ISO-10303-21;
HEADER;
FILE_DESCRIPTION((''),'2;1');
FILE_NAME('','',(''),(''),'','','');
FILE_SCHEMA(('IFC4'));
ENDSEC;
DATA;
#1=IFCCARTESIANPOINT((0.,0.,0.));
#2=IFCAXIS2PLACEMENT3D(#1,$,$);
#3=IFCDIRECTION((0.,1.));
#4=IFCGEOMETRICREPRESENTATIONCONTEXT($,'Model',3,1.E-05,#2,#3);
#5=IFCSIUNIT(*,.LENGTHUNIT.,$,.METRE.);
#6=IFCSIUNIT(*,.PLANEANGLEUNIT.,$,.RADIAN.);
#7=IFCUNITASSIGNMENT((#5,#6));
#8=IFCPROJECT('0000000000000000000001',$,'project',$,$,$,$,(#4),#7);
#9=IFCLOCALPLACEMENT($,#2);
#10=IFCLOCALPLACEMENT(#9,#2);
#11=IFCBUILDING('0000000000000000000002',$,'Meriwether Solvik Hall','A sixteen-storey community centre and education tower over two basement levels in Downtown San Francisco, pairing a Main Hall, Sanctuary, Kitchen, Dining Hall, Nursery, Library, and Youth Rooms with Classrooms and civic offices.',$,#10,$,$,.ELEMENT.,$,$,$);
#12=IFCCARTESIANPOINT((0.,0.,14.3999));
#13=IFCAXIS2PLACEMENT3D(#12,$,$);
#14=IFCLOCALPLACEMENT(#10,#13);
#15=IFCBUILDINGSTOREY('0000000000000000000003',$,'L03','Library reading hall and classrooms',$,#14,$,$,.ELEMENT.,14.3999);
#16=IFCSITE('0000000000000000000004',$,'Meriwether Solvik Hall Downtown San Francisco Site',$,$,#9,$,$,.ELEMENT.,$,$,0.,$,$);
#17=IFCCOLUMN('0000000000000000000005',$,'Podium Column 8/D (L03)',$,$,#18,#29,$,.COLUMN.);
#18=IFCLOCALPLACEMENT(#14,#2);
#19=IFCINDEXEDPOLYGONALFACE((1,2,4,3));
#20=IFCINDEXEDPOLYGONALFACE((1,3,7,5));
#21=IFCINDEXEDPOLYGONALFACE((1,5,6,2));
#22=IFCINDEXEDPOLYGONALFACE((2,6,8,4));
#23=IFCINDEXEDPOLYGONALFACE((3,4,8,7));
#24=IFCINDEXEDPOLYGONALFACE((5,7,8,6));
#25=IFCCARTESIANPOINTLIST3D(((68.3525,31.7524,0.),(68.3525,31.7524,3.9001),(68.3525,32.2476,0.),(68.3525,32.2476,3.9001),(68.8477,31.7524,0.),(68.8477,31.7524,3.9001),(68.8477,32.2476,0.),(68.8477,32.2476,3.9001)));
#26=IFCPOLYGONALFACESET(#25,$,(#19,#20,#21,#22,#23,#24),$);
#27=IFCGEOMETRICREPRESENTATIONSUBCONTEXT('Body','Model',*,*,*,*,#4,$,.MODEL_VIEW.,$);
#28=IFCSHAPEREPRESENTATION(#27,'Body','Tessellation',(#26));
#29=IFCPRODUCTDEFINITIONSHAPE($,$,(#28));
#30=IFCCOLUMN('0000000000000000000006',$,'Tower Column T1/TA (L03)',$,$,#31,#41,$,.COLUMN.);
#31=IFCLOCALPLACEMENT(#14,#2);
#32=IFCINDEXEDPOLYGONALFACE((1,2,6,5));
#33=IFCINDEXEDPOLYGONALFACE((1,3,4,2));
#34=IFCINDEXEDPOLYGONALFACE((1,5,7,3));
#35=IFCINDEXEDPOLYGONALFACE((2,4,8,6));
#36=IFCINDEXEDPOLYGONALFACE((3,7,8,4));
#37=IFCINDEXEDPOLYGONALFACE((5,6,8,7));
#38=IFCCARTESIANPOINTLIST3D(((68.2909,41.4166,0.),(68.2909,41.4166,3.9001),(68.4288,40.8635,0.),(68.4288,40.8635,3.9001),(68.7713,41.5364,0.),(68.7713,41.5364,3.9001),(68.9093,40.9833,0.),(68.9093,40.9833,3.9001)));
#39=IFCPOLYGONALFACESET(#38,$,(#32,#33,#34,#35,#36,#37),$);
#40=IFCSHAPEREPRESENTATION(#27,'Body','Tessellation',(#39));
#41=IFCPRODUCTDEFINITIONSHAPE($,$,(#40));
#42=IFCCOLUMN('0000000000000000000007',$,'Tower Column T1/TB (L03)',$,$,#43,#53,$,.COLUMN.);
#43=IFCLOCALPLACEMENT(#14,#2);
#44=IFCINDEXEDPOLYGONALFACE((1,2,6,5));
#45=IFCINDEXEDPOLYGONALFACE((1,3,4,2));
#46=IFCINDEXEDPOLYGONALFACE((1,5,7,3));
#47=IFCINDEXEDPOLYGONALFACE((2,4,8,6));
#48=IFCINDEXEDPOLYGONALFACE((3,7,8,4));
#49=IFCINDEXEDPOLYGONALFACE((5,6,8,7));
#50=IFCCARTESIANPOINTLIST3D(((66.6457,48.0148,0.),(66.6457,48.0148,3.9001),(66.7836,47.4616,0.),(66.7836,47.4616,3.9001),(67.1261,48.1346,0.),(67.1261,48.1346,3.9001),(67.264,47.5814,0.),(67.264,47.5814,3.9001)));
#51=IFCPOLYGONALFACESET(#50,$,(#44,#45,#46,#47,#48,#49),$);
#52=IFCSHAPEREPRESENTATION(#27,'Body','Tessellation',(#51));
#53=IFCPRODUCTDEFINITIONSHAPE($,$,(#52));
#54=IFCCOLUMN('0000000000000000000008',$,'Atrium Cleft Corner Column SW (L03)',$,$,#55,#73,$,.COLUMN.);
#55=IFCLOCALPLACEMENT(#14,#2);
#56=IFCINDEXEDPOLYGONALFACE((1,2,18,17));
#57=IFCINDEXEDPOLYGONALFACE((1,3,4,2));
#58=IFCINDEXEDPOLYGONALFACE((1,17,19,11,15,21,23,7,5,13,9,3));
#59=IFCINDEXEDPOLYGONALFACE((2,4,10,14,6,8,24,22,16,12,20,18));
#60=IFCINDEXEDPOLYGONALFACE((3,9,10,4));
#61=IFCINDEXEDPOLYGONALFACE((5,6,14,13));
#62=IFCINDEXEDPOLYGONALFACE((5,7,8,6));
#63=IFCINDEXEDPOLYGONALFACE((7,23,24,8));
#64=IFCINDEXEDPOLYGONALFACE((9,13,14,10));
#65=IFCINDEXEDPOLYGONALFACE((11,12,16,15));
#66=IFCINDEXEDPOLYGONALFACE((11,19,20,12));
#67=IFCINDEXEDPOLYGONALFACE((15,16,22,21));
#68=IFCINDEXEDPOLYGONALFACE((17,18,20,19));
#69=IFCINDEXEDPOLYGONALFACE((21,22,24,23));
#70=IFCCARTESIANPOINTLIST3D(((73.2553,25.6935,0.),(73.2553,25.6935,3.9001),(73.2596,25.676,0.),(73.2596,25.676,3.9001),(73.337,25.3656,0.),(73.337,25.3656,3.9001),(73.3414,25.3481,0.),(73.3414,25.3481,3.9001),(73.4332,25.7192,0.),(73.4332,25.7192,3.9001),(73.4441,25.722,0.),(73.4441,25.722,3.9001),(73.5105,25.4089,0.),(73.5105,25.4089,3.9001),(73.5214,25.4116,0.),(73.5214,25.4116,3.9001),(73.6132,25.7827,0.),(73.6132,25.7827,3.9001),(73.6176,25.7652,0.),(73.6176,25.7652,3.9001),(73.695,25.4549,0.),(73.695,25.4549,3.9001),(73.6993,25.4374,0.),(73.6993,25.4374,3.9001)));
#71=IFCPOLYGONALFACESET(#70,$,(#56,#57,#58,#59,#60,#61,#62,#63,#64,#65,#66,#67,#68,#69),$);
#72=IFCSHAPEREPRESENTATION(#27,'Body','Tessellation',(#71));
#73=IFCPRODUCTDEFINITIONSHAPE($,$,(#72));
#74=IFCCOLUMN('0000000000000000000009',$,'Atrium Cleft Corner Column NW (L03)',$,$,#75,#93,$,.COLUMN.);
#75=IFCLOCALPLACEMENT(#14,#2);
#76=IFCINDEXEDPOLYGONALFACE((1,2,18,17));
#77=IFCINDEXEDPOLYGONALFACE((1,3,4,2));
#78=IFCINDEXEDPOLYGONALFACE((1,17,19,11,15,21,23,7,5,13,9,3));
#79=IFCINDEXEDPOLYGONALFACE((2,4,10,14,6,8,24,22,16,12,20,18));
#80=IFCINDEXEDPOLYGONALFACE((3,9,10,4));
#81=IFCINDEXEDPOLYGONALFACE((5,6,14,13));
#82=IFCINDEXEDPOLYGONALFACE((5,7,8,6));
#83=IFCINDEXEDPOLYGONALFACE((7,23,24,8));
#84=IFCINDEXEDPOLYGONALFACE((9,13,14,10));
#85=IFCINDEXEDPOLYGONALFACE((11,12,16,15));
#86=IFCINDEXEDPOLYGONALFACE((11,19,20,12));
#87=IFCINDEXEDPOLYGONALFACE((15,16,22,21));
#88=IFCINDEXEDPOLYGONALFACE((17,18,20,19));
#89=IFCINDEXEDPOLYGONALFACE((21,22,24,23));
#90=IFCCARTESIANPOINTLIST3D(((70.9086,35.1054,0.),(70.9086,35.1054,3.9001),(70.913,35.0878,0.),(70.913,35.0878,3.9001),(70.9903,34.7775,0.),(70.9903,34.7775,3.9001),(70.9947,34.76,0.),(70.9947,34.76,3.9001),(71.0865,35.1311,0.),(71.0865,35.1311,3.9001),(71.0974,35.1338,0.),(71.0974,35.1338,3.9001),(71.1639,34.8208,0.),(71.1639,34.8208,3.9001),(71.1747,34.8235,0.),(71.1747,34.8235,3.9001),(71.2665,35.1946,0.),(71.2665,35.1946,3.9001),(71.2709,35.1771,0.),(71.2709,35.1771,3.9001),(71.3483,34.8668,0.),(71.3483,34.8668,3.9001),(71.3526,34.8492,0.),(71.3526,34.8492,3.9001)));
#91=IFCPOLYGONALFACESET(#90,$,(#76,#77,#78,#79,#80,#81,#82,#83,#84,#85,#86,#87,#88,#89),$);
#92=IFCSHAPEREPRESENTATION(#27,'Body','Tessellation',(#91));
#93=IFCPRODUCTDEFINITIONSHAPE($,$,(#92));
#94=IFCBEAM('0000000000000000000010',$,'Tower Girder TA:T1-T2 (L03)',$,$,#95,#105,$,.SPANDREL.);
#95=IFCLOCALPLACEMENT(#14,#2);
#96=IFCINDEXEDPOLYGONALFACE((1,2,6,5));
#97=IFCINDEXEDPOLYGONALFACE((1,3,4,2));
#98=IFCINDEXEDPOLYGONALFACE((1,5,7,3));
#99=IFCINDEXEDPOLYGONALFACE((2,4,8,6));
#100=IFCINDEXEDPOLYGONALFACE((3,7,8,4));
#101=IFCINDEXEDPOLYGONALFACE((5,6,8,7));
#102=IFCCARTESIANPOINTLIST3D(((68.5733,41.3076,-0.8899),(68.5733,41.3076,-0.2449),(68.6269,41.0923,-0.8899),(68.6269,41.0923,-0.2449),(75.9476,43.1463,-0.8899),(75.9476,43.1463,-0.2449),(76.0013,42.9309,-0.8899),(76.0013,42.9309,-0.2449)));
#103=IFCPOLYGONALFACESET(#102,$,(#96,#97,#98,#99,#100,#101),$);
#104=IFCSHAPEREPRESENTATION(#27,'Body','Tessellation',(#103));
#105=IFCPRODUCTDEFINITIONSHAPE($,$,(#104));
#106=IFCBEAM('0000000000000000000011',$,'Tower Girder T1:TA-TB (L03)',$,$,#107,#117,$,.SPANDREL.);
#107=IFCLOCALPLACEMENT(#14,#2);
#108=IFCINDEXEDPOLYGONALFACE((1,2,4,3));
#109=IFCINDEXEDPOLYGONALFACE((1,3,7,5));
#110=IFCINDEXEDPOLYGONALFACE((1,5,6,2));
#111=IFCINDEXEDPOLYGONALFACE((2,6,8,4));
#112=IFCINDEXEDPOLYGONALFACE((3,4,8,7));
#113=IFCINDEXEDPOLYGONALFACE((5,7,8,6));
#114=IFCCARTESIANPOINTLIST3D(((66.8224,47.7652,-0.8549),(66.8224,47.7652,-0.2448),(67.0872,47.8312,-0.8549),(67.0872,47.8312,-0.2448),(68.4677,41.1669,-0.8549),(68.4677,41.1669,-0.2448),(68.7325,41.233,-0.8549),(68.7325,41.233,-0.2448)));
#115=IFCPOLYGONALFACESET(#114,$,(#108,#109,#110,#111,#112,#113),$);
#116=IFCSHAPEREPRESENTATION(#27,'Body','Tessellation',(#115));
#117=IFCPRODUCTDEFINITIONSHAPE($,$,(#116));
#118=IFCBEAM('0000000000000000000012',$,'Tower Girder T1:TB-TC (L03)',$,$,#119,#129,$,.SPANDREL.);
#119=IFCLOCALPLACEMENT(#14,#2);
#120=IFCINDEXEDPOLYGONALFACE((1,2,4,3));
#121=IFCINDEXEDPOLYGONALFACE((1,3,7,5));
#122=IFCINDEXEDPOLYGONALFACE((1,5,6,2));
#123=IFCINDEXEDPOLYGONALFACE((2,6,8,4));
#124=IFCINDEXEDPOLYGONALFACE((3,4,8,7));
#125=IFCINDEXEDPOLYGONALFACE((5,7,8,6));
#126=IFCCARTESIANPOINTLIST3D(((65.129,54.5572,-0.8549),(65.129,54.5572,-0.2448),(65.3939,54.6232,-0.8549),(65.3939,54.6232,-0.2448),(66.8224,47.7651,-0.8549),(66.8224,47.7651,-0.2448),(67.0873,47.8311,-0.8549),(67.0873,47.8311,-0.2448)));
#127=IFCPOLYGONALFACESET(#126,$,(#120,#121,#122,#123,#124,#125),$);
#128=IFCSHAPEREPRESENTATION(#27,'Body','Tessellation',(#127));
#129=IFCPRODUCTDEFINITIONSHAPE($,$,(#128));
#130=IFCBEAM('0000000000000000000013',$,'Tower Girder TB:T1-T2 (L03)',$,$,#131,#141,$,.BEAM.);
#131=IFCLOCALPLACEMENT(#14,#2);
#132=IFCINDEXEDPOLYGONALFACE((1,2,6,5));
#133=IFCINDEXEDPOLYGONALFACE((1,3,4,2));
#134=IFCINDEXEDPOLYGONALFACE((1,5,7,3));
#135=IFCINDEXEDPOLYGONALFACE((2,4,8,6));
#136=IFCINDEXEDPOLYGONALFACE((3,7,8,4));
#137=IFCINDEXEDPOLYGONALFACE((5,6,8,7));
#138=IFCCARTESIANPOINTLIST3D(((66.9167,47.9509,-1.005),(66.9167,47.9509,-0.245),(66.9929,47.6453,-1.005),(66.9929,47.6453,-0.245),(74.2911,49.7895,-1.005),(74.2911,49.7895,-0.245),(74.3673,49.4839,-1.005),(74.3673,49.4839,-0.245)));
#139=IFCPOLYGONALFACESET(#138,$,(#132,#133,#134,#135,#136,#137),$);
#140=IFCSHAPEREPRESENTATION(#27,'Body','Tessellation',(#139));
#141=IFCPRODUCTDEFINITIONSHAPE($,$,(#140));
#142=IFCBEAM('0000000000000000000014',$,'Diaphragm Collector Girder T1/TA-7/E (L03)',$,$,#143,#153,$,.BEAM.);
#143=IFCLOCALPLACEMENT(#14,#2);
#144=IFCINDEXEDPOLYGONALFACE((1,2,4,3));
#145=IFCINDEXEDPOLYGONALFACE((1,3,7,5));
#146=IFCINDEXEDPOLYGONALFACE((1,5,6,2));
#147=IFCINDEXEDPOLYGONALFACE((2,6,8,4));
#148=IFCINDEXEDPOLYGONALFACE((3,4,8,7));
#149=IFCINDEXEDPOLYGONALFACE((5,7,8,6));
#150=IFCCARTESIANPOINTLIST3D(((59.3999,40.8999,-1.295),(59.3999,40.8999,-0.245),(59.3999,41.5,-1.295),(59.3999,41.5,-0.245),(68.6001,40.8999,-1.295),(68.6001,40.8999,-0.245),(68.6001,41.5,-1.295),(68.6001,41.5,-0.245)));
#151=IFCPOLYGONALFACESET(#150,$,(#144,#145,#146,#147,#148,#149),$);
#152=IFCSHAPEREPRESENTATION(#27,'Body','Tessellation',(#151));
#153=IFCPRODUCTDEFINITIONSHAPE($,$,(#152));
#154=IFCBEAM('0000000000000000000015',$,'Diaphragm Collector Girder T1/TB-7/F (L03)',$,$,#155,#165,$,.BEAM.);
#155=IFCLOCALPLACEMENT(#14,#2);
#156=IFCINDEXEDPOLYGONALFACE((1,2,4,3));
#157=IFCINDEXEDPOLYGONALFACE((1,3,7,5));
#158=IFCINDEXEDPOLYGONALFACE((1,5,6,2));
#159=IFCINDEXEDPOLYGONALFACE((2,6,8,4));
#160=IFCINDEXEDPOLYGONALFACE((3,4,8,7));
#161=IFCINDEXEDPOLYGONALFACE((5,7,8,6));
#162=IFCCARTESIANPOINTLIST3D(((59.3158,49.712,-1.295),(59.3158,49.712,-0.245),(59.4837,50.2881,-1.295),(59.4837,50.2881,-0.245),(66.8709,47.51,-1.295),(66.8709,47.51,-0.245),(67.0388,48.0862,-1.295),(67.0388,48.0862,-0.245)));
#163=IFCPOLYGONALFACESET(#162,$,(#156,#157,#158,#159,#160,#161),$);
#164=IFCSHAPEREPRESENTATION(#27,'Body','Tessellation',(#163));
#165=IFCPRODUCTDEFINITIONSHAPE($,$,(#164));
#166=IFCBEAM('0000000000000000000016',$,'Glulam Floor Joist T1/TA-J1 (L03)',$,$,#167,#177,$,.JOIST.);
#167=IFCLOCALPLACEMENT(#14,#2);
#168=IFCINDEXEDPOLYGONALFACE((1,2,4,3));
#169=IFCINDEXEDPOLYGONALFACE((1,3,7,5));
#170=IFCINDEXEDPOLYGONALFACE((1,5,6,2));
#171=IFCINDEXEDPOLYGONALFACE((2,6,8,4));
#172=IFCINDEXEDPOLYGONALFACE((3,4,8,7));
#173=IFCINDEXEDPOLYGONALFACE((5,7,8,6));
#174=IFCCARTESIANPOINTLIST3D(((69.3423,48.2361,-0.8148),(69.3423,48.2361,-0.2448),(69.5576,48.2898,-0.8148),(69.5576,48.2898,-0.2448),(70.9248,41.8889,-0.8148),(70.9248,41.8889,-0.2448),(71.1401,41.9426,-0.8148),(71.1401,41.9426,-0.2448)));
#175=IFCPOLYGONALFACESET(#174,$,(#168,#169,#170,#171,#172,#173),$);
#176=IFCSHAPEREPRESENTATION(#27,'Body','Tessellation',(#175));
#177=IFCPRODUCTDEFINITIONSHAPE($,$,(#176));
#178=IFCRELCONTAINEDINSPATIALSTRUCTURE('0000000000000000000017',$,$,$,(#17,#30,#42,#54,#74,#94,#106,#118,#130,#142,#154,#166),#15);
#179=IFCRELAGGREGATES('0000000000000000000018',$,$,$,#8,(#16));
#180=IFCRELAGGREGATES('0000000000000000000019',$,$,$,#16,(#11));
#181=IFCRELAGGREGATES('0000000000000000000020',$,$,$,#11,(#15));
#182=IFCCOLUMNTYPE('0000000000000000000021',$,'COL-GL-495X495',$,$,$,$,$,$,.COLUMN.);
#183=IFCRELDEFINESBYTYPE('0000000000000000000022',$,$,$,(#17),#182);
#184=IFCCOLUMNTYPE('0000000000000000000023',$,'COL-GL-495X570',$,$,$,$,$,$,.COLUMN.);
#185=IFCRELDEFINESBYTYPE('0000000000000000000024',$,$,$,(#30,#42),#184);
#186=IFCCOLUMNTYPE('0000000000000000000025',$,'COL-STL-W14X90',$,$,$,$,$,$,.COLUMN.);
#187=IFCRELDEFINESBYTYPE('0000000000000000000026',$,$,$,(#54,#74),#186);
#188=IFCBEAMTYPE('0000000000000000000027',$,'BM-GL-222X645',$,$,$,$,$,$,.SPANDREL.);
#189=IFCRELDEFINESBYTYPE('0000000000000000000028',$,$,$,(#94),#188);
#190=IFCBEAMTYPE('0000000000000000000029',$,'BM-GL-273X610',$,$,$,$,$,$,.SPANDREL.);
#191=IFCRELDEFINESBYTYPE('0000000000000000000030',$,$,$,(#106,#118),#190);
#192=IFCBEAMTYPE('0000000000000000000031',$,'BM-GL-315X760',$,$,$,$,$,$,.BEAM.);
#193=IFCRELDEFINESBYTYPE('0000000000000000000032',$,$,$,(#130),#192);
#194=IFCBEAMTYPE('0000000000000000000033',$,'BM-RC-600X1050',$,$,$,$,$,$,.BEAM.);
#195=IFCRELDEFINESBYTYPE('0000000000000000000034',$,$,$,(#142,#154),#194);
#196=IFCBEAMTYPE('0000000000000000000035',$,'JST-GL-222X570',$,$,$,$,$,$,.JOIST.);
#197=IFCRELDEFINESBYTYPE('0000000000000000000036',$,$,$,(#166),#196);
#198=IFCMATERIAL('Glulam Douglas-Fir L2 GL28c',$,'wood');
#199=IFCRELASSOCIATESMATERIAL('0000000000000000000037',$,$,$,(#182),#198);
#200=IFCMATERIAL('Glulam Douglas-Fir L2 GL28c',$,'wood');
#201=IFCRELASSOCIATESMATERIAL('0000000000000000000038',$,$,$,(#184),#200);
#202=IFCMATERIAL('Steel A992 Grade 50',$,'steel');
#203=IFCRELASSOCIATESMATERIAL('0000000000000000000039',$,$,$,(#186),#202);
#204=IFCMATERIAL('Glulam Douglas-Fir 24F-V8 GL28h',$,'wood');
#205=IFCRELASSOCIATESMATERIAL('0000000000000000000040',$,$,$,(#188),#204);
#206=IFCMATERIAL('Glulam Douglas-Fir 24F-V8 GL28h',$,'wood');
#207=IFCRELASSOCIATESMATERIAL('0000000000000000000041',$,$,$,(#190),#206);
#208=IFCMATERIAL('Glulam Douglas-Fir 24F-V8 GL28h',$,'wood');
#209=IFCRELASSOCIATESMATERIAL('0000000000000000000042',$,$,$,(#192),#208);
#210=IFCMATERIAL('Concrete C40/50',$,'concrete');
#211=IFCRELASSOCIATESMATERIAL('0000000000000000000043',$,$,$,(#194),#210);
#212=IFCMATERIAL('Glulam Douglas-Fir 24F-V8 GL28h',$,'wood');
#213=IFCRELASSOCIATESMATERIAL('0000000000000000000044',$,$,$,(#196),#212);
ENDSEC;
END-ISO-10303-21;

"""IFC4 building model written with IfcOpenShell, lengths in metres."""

from ifc_helpers import new_model, si_unit, direction, frame, origin, origin_2d, place, context, subcontext, project, spatial, rectangle, i_section, extrude, material, material_profile, profile_set, type_object, element, save


model = new_model("IFC4")

# Units and contexts
model_context = context("Model", 3, precision=1e-05, world=origin(), true_north=direction((0.0, 1.0)))
body_context = subcontext(model_context, "Body", "Model", "MODEL_VIEW")
ifc_project = project(units=[si_unit("LENGTHUNIT", "METRE"), si_unit("PLANEANGLEUNIT", "RADIAN")], contexts=[model_context])

# Site, building, storey
site_placement = place(None, origin())
site = spatial("IfcSite", under=ifc_project, at=site_placement, Name="Meriwether Solvik Hall Downtown San Francisco Site", CompositionType="ELEMENT", RefElevation=0.0)
building_placement = place(site_placement, origin())
building = spatial("IfcBuilding", under=site, at=building_placement, Name="Meriwether Solvik Hall", Description="A sixteen-storey community centre and education tower over two basement levels in Downtown San Francisco, pairing a Main Hall, Sanctuary, Kitchen, Dining Hall, Nursery, Library, and Youth Rooms with Classrooms and civic offices.", CompositionType="ELEMENT")
storey_placement = place(building_placement, frame((0.0, 0.0, 14.3999)))
storey = spatial("IfcBuildingStorey", under=building, at=storey_placement, Name="L03", Description="Library reading hall and classrooms", CompositionType="ELEMENT", Elevation=14.3999)

# Columns
ifc_material_1 = material(Name="Glulam Douglas-Fir L2 GL28c", Category="wood")
ifc_material_profile_1 = material_profile(ifc_material_1, rectangle(XDim=0.4951, YDim=0.4951, at=origin_2d()), Name="GLC-495X495")
ifc_profile_set_1 = profile_set([ifc_material_profile_1], Name="Glulam Douglas-Fir L2 GL28c")
column_type_1 = type_object("IfcColumnType", Name="COL-GL-495X495", PredefinedType="COLUMN", material=ifc_profile_set_1)
column_placement = place(storey_placement, frame((68.6001, 32.0, 0.0), z_axis=(0.0, 0.0, 1.0), x_axis=(1.0, 0.0, 0.0)))
element("IfcColumn", 1, at=column_placement, inside=storey, type_object=column_type_1, Name="Podium Column 8/D (L03)", PredefinedType="COLUMN", context=body_context, shape_type="SweptSolid", body=[
    extrude(rectangle(XDim=0.4951, YDim=0.4951, at=origin_2d()), origin(), (0.0, 0.0, 1.0), 3.9001),
])
ifc_material_2 = material(Name="Glulam Douglas-Fir L2 GL28c", Category="wood")
ifc_material_profile_2 = material_profile(ifc_material_2, rectangle(XDim=0.4951, YDim=0.5701, at=origin_2d()), Name="GLC-495X570")
ifc_profile_set_2 = profile_set([ifc_material_profile_2], Name="Glulam Douglas-Fir L2 GL28c")
column_type_2 = type_object("IfcColumnType", Name="COL-GL-495X570", PredefinedType="COLUMN", material=ifc_profile_set_2)
for number, where, z_axis, x_axis, name in (
    (2, (68.6001, 41.2, 0.0), (0.0, 0.0, 1.0), (0.970296, 0.241922, 0.0), "Tower Column T1/TA (L03)"),
    (3, (66.9548, 47.7981, 0.0), (0.0, 0.0, 1.0), (0.970296, 0.241922, 0.0), "Tower Column T1/TB (L03)"),
):
    element("IfcColumn", number, at=place(storey_placement, frame(where, z_axis=z_axis, x_axis=x_axis)), inside=storey, type_object=column_type_2, Name=name, PredefinedType="COLUMN", context=body_context, shape_type="SweptSolid", body=[
        extrude(rectangle(XDim=0.4951, YDim=0.5701, at=origin_2d()), origin(), (0.0, 0.0, 1.0), 3.9001),
    ])
ifc_material_3 = material(Name="Steel A992 Grade 50", Category="steel")
ifc_material_profile_3 = material_profile(ifc_material_3, i_section(OverallWidth=0.3689, OverallDepth=0.356, WebThickness=0.0112, FlangeThickness=0.0181, at=origin_2d()), Name="W14X90")
ifc_profile_set_3 = profile_set([ifc_material_profile_3], Name="Steel A992 Grade 50")
column_type_3 = type_object("IfcColumnType", Name="COL-STL-W14X90", PredefinedType="COLUMN", material=ifc_profile_set_3)
for number, where, z_axis, x_axis, name in (
    (4, (73.4773, 25.5654, 0.0), (0.0, 0.0, 1.0), (0.970296, 0.241922, 0.0), "Atrium Cleft Corner Column SW (L03)"),
    (5, (71.1306, 34.9773, 0.0), (0.0, 0.0, 1.0), (0.970296, 0.241922, 0.0), "Atrium Cleft Corner Column NW (L03)"),
):
    element("IfcColumn", number, at=place(storey_placement, frame(where, z_axis=z_axis, x_axis=x_axis)), inside=storey, type_object=column_type_3, Name=name, PredefinedType="COLUMN", context=body_context, shape_type="SweptSolid", body=[
        extrude(i_section(OverallWidth=0.3689, OverallDepth=0.356, WebThickness=0.0112, FlangeThickness=0.0181, at=origin_2d()), origin(), (0.0, 0.0, 1.0), 3.9001),
    ])

# Beams
ifc_material_4 = material(Name="Glulam Douglas-Fir 24F-V8 GL28h", Category="wood")
ifc_material_profile_4 = material_profile(ifc_material_4, rectangle(XDim=0.2219, YDim=0.645, at=origin_2d()), Name="GLB-222X645")
ifc_profile_set_4 = profile_set([ifc_material_profile_4], Name="Glulam Douglas-Fir 24F-V8 GL28h")
beam_type_1 = type_object("IfcBeamType", Name="BM-GL-222X645", PredefinedType="SPANDREL", material=ifc_profile_set_4)
beam_1_placement = place(storey_placement, frame((68.6001, 41.2, -0.5674), z_axis=(0.970295, 0.241923, 0.0), x_axis=(-0.241923, 0.970295, 0.0)))
element("IfcBeam", 6, at=beam_1_placement, inside=storey, type_object=beam_type_1, Name="Tower Girder TA:T1-T2 (L03)", PredefinedType="SPANDREL", context=body_context, shape_type="SweptSolid", body=[
    extrude(rectangle(XDim=0.2219, YDim=0.645, at=origin_2d()), origin(), (0.0, 0.0, 1.0), 7.6001),
])
ifc_material_5 = material(Name="Glulam Douglas-Fir 24F-V8 GL28h", Category="wood")
ifc_material_profile_5 = material_profile(ifc_material_5, rectangle(XDim=0.2729, YDim=0.6101, at=origin_2d()), Name="GLB-273X610")
ifc_profile_set_5 = profile_set([ifc_material_profile_5], Name="Glulam Douglas-Fir 24F-V8 GL28h")
beam_type_2 = type_object("IfcBeamType", Name="BM-GL-273X610", PredefinedType="SPANDREL", material=ifc_profile_set_5)
beam_2_placement = place(storey_placement, frame((68.6001, 41.2, -0.5498), z_axis=(-0.241944, 0.97029, 0.0), x_axis=(-0.97029, -0.241944, 0.0)))
element("IfcBeam", 7, at=beam_2_placement, inside=storey, type_object=beam_type_2, Name="Tower Girder T1:TA-TB (L03)", PredefinedType="SPANDREL", context=body_context, shape_type="SweptSolid", body=[
    extrude(rectangle(XDim=0.2729, YDim=0.6101, at=origin_2d()), origin(), (0.0, 0.0, 1.0), 6.8003),
])
beam_3_placement = place(storey_placement, frame((66.9548, 47.7981, -0.5498), z_axis=(-0.241912, 0.970298, 0.0), x_axis=(-0.970298, -0.241912, 0.0)))
element("IfcBeam", 8, at=beam_3_placement, inside=storey, type_object=beam_type_2, Name="Tower Girder T1:TB-TC (L03)", PredefinedType="SPANDREL", context=body_context, shape_type="SweptSolid", body=[
    extrude(rectangle(XDim=0.2729, YDim=0.6101, at=origin_2d()), origin(), (0.0, 0.0, 1.0), 7.0),
])
ifc_material_6 = material(Name="Glulam Douglas-Fir 24F-V8 GL28h", Category="wood")
ifc_material_profile_6 = material_profile(ifc_material_6, rectangle(XDim=0.3149, YDim=0.76, at=origin_2d()), Name="GLB-315X760")
ifc_profile_set_6 = profile_set([ifc_material_profile_6], Name="Glulam Douglas-Fir 24F-V8 GL28h")
beam_type_3 = type_object("IfcBeamType", Name="BM-GL-315X760", PredefinedType="BEAM", material=ifc_profile_set_6)
beam_4_placement = place(storey_placement, frame((66.9548, 47.7981, -0.625), z_axis=(0.970295, 0.241923, 0.0), x_axis=(-0.241923, 0.970295, 0.0)))
element("IfcBeam", 9, at=beam_4_placement, inside=storey, type_object=beam_type_3, Name="Tower Girder TB:T1-T2 (L03)", PredefinedType="BEAM", context=body_context, shape_type="SweptSolid", body=[
    extrude(rectangle(XDim=0.3149, YDim=0.76, at=origin_2d()), origin(), (0.0, 0.0, 1.0), 7.6001),
])
ifc_material_7 = material(Name="Concrete C40/50", Category="concrete")
ifc_material_profile_7 = material_profile(ifc_material_7, rectangle(XDim=0.6001, YDim=1.05, at=origin_2d()), Name="RCB-600X1050")
ifc_profile_set_7 = profile_set([ifc_material_profile_7], Name="Concrete C40/50")
beam_type_4 = type_object("IfcBeamType", Name="BM-RC-600X1050", PredefinedType="BEAM", material=ifc_profile_set_7)
beam_5_placement = place(storey_placement, frame((68.6001, 41.2, -0.77), z_axis=(-1.0, 0.0, 0.0), x_axis=(0.0, -1.0, 0.0)))
element("IfcBeam", 10, at=beam_5_placement, inside=storey, type_object=beam_type_4, Name="Diaphragm Collector Girder T1/TA-7/E (L03)", PredefinedType="BEAM", context=body_context, shape_type="SweptSolid", body=[
    extrude(rectangle(XDim=0.6001, YDim=1.05, at=origin_2d()), origin(), (0.0, 0.0, 1.0), 9.2002),
])
beam_6_placement = place(storey_placement, frame((66.9548, 47.7981, -0.77), z_axis=(-0.960055, 0.279811, 0.0), x_axis=(-0.279811, -0.960055, 0.0)))
element("IfcBeam", 11, at=beam_6_placement, inside=storey, type_object=beam_type_4, Name="Diaphragm Collector Girder T1/TB-7/F (L03)", PredefinedType="BEAM", context=body_context, shape_type="SweptSolid", body=[
    extrude(rectangle(XDim=0.6001, YDim=1.05, at=origin_2d()), origin(), (0.0, 0.0, 1.0), 7.8694),
])
ifc_material_8 = material(Name="Glulam Douglas-Fir 24F-V8 GL28h", Category="wood")
ifc_material_profile_8 = material_profile(ifc_material_8, rectangle(XDim=0.2219, YDim=0.5701, at=origin_2d()), Name="GLJ-222X570")
ifc_profile_set_8 = profile_set([ifc_material_profile_8], Name="Glulam Douglas-Fir 24F-V8 GL28h")
beam_type_5 = type_object("IfcBeamType", Name="JST-GL-222X570", PredefinedType="JOIST", material=ifc_profile_set_8)
for number, where, z_axis, x_axis, name in (
    (12, (71.0325, 41.9158, -0.5298), (-0.241921, 0.970296, 0.0), (-0.970296, -0.241921, 0.0), "Glulam Floor Joist T1/TA-J1 (L03)"),
):
    element("IfcBeam", number, at=place(storey_placement, frame(where, z_axis=z_axis, x_axis=x_axis)), inside=storey, type_object=beam_type_5, Name=name, PredefinedType="JOIST", context=body_context, shape_type="SweptSolid", body=[
        extrude(rectangle(XDim=0.2219, YDim=0.5701, at=origin_2d()), origin(), (0.0, 0.0, 1.0), 6.5415),
    ])

save(model, "model.ifc")
